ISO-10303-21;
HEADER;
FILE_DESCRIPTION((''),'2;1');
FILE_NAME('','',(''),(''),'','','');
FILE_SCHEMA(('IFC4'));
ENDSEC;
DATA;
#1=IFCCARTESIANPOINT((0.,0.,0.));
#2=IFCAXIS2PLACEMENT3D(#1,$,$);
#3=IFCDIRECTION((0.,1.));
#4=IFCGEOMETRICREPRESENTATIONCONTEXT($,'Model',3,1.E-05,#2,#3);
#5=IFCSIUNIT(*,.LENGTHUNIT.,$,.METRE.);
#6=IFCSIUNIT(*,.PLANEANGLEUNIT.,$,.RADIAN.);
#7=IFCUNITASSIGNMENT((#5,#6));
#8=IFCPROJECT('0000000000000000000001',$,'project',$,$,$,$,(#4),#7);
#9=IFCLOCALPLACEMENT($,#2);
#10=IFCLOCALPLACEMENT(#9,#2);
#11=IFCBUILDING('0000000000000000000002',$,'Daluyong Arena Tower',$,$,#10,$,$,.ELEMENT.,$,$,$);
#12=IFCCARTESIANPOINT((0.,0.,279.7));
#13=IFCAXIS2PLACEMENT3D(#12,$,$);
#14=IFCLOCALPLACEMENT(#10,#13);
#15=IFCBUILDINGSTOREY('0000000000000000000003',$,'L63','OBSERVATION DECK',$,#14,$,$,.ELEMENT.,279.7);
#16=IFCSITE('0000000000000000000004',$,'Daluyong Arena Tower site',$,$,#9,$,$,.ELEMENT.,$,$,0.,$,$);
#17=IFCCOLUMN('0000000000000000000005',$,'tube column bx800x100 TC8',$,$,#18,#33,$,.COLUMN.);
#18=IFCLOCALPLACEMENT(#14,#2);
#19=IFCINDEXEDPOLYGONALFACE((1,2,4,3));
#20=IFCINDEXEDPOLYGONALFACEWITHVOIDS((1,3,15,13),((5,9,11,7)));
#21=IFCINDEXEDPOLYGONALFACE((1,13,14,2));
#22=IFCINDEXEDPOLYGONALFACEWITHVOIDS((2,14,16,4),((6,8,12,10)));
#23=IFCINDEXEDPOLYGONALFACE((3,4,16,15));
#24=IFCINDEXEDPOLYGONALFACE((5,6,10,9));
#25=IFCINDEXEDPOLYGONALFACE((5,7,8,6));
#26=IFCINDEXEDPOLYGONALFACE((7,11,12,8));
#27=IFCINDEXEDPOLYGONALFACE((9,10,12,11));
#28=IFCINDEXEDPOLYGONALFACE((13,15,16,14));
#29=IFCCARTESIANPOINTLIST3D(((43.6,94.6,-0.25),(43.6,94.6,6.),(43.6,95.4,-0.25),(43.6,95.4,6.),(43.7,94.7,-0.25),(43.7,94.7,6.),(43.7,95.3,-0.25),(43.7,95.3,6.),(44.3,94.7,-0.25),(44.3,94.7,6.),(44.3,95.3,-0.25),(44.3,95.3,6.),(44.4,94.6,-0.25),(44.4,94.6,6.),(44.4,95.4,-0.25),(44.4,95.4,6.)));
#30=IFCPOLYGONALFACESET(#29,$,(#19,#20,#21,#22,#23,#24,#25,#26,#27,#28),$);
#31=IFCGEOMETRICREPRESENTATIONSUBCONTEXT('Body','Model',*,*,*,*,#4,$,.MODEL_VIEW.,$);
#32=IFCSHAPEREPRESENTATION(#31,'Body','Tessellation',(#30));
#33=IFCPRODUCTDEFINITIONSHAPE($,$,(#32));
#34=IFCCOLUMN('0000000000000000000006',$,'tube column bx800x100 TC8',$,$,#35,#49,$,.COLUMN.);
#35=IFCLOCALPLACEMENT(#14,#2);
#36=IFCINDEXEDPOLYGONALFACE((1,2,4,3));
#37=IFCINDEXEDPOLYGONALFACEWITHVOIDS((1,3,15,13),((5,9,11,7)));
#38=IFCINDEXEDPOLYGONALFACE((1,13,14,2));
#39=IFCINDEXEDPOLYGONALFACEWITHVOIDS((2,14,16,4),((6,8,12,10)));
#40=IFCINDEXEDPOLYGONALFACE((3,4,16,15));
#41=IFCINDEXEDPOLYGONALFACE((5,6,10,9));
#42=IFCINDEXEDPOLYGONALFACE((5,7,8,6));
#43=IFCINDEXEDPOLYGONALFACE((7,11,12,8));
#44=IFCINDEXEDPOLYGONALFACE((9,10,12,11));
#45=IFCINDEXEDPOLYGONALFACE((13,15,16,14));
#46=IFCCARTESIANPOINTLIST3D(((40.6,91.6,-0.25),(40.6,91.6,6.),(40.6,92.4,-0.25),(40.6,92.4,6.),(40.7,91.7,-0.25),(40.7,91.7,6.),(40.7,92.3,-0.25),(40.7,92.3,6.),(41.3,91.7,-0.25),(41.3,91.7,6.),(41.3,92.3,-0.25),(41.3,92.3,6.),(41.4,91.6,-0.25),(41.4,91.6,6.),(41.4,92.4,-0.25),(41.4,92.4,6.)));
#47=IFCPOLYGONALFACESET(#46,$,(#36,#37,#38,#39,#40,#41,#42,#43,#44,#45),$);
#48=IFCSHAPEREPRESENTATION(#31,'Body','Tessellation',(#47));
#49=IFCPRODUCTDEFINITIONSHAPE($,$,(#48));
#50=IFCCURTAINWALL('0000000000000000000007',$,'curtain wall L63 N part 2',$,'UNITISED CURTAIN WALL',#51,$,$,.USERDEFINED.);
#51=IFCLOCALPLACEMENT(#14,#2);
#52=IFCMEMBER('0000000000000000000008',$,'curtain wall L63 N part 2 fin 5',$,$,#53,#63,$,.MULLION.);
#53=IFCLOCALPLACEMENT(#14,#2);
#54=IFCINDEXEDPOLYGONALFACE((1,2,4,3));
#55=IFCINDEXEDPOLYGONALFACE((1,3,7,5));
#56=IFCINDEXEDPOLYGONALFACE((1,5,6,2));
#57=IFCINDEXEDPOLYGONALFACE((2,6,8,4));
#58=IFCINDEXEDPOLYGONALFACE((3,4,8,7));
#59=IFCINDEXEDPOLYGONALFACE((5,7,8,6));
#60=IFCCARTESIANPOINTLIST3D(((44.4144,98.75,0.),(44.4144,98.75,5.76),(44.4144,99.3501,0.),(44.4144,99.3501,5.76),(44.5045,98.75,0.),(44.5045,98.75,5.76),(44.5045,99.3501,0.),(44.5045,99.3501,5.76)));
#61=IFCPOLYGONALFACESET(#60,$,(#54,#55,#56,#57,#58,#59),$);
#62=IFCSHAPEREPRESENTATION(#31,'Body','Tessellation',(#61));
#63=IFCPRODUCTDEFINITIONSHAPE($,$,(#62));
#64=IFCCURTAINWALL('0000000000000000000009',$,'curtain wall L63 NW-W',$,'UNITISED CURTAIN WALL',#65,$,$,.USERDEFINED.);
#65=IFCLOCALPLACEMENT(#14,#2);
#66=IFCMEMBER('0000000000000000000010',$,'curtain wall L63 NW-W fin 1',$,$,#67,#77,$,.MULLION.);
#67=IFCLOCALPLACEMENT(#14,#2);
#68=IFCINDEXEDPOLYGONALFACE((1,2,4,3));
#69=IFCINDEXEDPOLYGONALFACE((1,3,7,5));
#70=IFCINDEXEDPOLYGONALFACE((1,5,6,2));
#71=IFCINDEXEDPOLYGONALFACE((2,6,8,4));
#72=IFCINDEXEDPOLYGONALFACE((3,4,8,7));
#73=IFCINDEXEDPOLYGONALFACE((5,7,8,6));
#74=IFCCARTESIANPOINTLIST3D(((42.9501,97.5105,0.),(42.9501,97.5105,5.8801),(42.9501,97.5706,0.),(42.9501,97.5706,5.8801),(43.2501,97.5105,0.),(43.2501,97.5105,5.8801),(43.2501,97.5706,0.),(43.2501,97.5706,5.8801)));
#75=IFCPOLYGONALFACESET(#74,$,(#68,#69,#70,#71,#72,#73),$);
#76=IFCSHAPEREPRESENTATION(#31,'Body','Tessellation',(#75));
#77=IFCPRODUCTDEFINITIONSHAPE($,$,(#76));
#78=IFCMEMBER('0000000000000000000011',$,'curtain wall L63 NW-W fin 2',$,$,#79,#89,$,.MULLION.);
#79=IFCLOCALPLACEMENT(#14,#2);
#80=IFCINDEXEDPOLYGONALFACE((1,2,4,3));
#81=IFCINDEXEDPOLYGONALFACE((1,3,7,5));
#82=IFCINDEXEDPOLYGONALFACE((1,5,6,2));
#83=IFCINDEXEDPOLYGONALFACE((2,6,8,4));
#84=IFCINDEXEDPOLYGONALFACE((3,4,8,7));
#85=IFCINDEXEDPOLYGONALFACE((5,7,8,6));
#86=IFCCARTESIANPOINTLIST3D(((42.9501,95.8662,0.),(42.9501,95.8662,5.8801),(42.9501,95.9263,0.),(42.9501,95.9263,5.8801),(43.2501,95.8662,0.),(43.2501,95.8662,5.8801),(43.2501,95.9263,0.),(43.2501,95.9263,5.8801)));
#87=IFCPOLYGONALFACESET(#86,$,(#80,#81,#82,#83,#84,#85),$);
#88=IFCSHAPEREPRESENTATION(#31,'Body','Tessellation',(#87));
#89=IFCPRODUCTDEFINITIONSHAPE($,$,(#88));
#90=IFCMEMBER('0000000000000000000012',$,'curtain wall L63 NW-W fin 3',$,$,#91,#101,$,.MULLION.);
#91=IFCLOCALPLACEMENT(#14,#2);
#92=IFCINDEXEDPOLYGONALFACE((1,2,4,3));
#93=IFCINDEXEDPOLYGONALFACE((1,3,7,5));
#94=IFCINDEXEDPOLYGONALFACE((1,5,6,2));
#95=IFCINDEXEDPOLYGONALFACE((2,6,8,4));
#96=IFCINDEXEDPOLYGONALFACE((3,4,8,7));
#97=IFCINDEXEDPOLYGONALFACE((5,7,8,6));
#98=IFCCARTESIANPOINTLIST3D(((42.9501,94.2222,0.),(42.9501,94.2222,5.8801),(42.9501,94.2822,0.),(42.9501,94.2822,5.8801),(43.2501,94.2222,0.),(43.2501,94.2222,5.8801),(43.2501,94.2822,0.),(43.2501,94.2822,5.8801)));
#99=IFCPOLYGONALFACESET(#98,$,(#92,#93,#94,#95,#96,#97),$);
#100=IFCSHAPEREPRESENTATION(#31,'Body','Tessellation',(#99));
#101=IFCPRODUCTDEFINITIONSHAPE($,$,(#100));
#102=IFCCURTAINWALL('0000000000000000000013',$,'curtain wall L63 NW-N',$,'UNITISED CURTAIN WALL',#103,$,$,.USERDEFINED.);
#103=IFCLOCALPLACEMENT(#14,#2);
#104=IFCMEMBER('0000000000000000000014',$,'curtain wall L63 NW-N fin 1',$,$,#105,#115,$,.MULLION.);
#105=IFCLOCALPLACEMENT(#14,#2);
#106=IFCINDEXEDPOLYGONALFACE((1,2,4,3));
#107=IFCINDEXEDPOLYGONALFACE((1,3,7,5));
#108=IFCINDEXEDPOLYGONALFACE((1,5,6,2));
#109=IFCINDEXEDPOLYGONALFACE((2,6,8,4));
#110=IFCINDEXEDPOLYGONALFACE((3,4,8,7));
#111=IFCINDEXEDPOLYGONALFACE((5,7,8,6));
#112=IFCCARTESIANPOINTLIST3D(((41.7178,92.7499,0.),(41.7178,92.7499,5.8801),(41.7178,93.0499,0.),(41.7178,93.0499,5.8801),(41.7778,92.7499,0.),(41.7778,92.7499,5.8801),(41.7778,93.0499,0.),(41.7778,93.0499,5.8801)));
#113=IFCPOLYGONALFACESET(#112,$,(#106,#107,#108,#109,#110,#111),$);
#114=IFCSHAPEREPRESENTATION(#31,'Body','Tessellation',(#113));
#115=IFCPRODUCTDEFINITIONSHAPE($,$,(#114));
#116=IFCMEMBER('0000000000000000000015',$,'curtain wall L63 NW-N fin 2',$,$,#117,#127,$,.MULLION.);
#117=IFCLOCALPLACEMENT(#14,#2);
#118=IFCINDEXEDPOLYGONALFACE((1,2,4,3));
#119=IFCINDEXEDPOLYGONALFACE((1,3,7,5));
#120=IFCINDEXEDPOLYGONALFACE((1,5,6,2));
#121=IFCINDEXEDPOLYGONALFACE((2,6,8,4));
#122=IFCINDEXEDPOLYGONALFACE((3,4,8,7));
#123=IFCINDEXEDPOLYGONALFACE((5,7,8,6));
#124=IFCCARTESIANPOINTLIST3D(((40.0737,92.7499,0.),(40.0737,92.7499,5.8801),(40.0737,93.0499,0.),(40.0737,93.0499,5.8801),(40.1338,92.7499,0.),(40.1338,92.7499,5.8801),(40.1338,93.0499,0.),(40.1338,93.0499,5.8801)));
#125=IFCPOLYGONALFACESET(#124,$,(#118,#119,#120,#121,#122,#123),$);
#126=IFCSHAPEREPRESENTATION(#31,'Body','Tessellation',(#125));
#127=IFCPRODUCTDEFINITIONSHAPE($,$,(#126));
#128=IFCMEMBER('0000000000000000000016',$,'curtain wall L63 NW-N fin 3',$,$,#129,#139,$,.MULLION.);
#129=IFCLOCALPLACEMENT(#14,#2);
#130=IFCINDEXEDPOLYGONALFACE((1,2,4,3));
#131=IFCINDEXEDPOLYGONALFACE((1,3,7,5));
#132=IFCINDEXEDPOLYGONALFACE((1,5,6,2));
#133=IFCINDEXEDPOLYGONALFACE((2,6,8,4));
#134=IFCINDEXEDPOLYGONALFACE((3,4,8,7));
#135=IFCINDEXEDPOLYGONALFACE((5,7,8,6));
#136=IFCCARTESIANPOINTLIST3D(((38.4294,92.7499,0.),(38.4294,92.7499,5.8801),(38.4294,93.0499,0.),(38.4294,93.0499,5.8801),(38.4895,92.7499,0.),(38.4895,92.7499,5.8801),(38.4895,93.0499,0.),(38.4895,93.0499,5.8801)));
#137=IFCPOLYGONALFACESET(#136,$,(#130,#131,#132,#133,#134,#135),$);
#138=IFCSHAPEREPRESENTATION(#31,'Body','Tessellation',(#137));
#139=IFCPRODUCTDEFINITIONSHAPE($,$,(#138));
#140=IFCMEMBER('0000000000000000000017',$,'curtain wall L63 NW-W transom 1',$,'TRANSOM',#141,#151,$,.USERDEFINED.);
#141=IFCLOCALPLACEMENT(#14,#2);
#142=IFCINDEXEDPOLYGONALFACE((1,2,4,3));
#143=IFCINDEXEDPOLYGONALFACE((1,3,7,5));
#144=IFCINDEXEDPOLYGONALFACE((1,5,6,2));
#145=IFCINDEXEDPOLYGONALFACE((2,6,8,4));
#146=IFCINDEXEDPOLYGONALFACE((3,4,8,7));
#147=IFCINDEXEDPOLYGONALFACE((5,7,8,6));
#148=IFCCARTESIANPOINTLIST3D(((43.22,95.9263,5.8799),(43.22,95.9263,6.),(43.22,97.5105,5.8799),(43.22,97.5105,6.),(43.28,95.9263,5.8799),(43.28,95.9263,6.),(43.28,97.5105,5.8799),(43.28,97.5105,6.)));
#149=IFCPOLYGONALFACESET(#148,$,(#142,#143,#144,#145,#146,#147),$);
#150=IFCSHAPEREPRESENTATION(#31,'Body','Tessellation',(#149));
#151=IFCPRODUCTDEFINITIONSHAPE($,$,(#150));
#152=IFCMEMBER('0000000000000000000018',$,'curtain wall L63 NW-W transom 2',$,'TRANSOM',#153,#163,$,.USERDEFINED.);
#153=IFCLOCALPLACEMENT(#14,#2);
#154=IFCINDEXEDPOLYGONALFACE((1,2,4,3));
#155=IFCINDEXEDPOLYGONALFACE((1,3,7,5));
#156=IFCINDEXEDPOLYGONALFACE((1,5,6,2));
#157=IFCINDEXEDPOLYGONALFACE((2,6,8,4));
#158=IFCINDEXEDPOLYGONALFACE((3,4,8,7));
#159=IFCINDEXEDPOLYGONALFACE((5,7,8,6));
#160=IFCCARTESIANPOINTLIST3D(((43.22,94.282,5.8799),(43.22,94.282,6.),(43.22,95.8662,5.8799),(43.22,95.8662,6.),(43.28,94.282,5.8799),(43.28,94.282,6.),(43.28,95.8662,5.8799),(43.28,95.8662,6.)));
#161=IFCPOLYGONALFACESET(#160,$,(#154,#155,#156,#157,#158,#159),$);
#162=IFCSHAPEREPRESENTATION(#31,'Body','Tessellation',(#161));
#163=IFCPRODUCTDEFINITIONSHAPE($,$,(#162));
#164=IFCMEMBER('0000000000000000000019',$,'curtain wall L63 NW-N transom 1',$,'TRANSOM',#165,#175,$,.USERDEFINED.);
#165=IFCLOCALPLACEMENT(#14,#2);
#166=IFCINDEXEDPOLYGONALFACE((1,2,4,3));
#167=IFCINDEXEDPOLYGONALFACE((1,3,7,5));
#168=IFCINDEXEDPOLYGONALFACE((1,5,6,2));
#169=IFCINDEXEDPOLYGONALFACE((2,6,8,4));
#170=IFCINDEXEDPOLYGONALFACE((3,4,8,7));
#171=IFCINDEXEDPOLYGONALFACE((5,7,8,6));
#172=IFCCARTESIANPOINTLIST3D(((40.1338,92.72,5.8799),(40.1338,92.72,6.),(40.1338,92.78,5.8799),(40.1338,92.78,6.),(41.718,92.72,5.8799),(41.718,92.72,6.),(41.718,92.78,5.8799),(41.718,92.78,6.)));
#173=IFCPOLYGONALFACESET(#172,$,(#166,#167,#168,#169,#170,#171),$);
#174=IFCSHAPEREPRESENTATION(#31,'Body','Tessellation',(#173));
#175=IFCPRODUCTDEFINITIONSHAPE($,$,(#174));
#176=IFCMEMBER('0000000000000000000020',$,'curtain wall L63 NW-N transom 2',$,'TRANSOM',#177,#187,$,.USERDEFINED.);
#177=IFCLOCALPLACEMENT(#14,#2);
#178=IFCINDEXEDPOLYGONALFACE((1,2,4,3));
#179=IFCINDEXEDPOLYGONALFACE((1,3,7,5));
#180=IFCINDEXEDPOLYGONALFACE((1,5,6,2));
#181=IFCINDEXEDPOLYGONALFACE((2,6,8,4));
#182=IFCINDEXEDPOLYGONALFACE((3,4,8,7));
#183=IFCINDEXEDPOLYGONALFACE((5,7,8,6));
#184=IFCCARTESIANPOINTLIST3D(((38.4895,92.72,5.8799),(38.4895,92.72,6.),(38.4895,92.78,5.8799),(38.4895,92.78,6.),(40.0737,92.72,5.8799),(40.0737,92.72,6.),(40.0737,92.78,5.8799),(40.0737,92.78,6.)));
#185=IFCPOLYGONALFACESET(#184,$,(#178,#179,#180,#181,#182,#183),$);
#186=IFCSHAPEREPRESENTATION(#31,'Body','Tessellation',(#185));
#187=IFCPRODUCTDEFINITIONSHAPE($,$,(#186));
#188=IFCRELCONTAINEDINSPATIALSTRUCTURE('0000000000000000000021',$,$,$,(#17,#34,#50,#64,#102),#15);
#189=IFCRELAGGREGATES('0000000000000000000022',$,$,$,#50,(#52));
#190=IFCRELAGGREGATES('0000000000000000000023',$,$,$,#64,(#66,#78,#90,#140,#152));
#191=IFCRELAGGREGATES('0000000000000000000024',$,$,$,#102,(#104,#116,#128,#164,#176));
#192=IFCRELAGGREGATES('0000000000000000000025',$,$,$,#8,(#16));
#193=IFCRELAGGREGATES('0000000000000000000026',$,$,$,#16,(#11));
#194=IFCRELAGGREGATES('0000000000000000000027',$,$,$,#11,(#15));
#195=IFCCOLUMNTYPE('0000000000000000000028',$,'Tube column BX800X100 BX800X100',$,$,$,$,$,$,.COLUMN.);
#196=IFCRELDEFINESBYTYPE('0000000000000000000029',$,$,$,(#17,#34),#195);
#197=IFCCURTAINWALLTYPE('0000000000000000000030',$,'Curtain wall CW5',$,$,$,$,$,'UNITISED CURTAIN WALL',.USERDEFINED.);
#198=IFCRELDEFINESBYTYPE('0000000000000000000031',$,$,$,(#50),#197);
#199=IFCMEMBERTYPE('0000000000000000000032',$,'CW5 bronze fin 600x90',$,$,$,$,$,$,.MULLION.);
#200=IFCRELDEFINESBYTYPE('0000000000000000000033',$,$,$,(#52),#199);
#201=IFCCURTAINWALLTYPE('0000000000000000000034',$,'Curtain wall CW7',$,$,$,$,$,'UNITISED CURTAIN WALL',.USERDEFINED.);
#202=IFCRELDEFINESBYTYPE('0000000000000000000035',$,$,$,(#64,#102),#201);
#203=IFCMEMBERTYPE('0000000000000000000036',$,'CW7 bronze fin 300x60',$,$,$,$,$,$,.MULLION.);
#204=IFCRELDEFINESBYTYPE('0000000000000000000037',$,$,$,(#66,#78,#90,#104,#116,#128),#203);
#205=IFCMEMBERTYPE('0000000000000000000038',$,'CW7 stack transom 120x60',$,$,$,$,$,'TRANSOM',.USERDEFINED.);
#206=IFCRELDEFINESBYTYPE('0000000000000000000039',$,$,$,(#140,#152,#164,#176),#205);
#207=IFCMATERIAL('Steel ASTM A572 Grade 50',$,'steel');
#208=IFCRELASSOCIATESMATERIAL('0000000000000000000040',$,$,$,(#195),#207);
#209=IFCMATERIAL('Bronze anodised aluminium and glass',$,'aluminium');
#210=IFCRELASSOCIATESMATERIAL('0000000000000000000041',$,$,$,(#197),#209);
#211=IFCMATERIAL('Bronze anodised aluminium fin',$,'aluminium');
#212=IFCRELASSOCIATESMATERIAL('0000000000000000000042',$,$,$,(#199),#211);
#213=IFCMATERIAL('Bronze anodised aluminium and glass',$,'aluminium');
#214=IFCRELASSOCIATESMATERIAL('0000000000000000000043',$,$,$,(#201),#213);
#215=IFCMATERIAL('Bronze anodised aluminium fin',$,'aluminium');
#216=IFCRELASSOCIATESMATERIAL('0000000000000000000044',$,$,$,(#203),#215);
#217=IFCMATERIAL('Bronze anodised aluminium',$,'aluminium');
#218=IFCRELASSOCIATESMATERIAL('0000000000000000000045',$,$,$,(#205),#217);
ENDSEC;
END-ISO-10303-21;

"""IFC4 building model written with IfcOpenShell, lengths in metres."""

from ifc_helpers import new_model, si_unit, direction, frame, origin, origin_2d, place, context, subcontext, project, spatial, rectangle, hollow_rectangle, extrude, material, material_profile, profile_set, type_object, element, aggregate, save


model = new_model("IFC4")

# Units and contexts
model_context = context("Model", 3, precision=1e-05, world=origin(), true_north=direction((0.0, 1.0)))
body_context = subcontext(model_context, "Body", "Model", "MODEL_VIEW")
ifc_project = project(units=[si_unit("LENGTHUNIT", "METRE"), si_unit("PLANEANGLEUNIT", "RADIAN")], contexts=[model_context])

# Site, building, storey
site_placement = place(None, origin())
site = spatial("IfcSite", under=ifc_project, at=site_placement, Name="Daluyong Arena Tower site", CompositionType="ELEMENT", RefElevation=0.0)
building_placement = place(site_placement, origin())
building = spatial("IfcBuilding", under=site, at=building_placement, Name="Daluyong Arena Tower", CompositionType="ELEMENT")
storey_placement = place(building_placement, frame((0.0, 0.0, 279.7)))
storey = spatial("IfcBuildingStorey", under=building, at=storey_placement, Name="L63", Description="OBSERVATION DECK", CompositionType="ELEMENT", Elevation=279.7)

# Columns
ifc_material_1 = material(Name="Steel ASTM A572 Grade 50", Category="steel")
ifc_material_profile_1 = material_profile(ifc_material_1, hollow_rectangle(XDim=0.8, YDim=0.8, WallThickness=0.1, at=origin_2d()))
ifc_profile_set_1 = profile_set([ifc_material_profile_1], Name="Steel ASTM A572 Grade 50")
column_type_1 = type_object("IfcColumnType", Name="Tube column BX800X100 BX800X100", PredefinedType="COLUMN", material=ifc_profile_set_1)
for number, where, z_axis, x_axis, name in (
    (1, (44.0, 95.0, -0.25), (0.0, 0.0, 1.0), (0.0, 1.0, 0.0), "tube column bx800x100 TC8"),
    (2, (41.0, 92.0, -0.25), (0.0, 0.0, 1.0), (1.0, 0.0, 0.0), "tube column bx800x100 TC8"),
):
    element("IfcColumn", number, at=place(storey_placement, frame(where, z_axis=z_axis, x_axis=x_axis)), inside=storey, type_object=column_type_1, Name=name, PredefinedType="COLUMN", context=body_context, shape_type="SweptSolid", body=[
        extrude(hollow_rectangle(XDim=0.8, YDim=0.8, WallThickness=0.1, at=origin_2d()), origin(), (0.0, 0.0, 1.0), 6.25),
    ])

# Curtain wall, member
ifc_material_2 = material(Name="Bronze anodised aluminium and glass", Category="aluminium")
curtain_wall_type_1 = type_object("IfcCurtainWallType", Name="Curtain wall CW5", ElementType="UNITISED CURTAIN WALL", PredefinedType="USERDEFINED", material=ifc_material_2)
curtain_wall_1_placement = place(storey_placement, origin())
curtain_wall_1 = element("IfcCurtainWall", 3, at=curtain_wall_1_placement, inside=storey, type_object=curtain_wall_type_1, Name="curtain wall L63 N part 2", ObjectType="UNITISED CURTAIN WALL", PredefinedType="USERDEFINED")
ifc_material_3 = material(Name="Bronze anodised aluminium fin", Category="aluminium")
ifc_material_profile_2 = material_profile(ifc_material_3, rectangle(XDim=0.6001, YDim=0.0901, at=origin_2d()))
ifc_profile_set_2 = profile_set([ifc_material_profile_2], Name="Bronze anodised aluminium fin")
member_type_1 = type_object("IfcMemberType", Name="CW5 bronze fin 600x90", PredefinedType="MULLION", material=ifc_profile_set_2)
member_1_placement = place(storey_placement, frame((44.4595, 99.05, 0.0), z_axis=(0.0, 0.0, 1.0), x_axis=(0.0, -1.0, 0.0)))
member_1 = element("IfcMember", 4, at=member_1_placement, type_object=member_type_1, Name="curtain wall L63 N part 2 fin 5", PredefinedType="MULLION", context=body_context, shape_type="SweptSolid", body=[
    extrude(rectangle(XDim=0.6001, YDim=0.0901, at=origin_2d()), origin(), (0.0, 0.0, 1.0), 5.76),
])
aggregate(curtain_wall_1, [member_1])

# Curtain walls, members
ifc_material_4 = material(Name="Bronze anodised aluminium and glass", Category="aluminium")
curtain_wall_type_2 = type_object("IfcCurtainWallType", Name="Curtain wall CW7", ElementType="UNITISED CURTAIN WALL", PredefinedType="USERDEFINED", material=ifc_material_4)
curtain_wall_2_placement = place(storey_placement, origin())
curtain_wall_2 = element("IfcCurtainWall", 5, at=curtain_wall_2_placement, inside=storey, type_object=curtain_wall_type_2, Name="curtain wall L63 NW-W", ObjectType="UNITISED CURTAIN WALL", PredefinedType="USERDEFINED")
ifc_material_5 = material(Name="Bronze anodised aluminium fin", Category="aluminium")
ifc_material_profile_3 = material_profile(ifc_material_5, rectangle(XDim=0.3, YDim=0.0601, at=origin_2d()))
ifc_profile_set_3 = profile_set([ifc_material_profile_3], Name="Bronze anodised aluminium fin")
member_type_2 = type_object("IfcMemberType", Name="CW7 bronze fin 300x60", PredefinedType="MULLION", material=ifc_profile_set_3)
member_2_placement = place(storey_placement, frame((43.1001, 97.5405, 0.0), z_axis=(0.0, 0.0, 1.0), x_axis=(1.0, 0.0, 0.0)))
member_2 = element("IfcMember", 6, at=member_2_placement, type_object=member_type_2, Name="curtain wall L63 NW-W fin 1", PredefinedType="MULLION", context=body_context, shape_type="SweptSolid", body=[
    extrude(rectangle(XDim=0.3, YDim=0.0601, at=origin_2d()), origin(), (0.0, 0.0, 1.0), 5.8801),
])
member_3_placement = place(storey_placement, frame((43.1001, 95.8962, 0.0), z_axis=(0.0, 0.0, 1.0), x_axis=(1.0, 0.0, 0.0)))
member_3 = element("IfcMember", 7, at=member_3_placement, type_object=member_type_2, Name="curtain wall L63 NW-W fin 2", PredefinedType="MULLION", context=body_context, shape_type="SweptSolid", body=[
    extrude(rectangle(XDim=0.3, YDim=0.0601, at=origin_2d()), origin(), (0.0, 0.0, 1.0), 5.8801),
])
member_4_placement = place(storey_placement, frame((43.1001, 94.2522, 0.0), z_axis=(0.0, 0.0, 1.0), x_axis=(1.0, 0.0, 0.0)))
member_4 = element("IfcMember", 8, at=member_4_placement, type_object=member_type_2, Name="curtain wall L63 NW-W fin 3", PredefinedType="MULLION", context=body_context, shape_type="SweptSolid", body=[
    extrude(rectangle(XDim=0.3, YDim=0.0601, at=origin_2d()), origin(), (0.0, 0.0, 1.0), 5.8801),
])
curtain_wall_3_placement = place(storey_placement, origin())
curtain_wall_3 = element("IfcCurtainWall", 9, at=curtain_wall_3_placement, inside=storey, type_object=curtain_wall_type_2, Name="curtain wall L63 NW-N", ObjectType="UNITISED CURTAIN WALL", PredefinedType="USERDEFINED")
member_5_placement = place(storey_placement, frame((41.7478, 92.8999, 0.0), z_axis=(0.0, 0.0, 1.0), x_axis=(0.0, -1.0, 0.0)))
member_5 = element("IfcMember", 10, at=member_5_placement, type_object=member_type_2, Name="curtain wall L63 NW-N fin 1", PredefinedType="MULLION", context=body_context, shape_type="SweptSolid", body=[
    extrude(rectangle(XDim=0.3, YDim=0.0601, at=origin_2d()), origin(), (0.0, 0.0, 1.0), 5.8801),
])
member_6_placement = place(storey_placement, frame((40.1038, 92.8999, 0.0), z_axis=(0.0, 0.0, 1.0), x_axis=(0.0, -1.0, 0.0)))
member_6 = element("IfcMember", 11, at=member_6_placement, type_object=member_type_2, Name="curtain wall L63 NW-N fin 2", PredefinedType="MULLION", context=body_context, shape_type="SweptSolid", body=[
    extrude(rectangle(XDim=0.3, YDim=0.0601, at=origin_2d()), origin(), (0.0, 0.0, 1.0), 5.8801),
])
member_7_placement = place(storey_placement, frame((38.4595, 92.8999, 0.0), z_axis=(0.0, 0.0, 1.0), x_axis=(0.0, -1.0, 0.0)))
member_7 = element("IfcMember", 12, at=member_7_placement, type_object=member_type_2, Name="curtain wall L63 NW-N fin 3", PredefinedType="MULLION", context=body_context, shape_type="SweptSolid", body=[
    extrude(rectangle(XDim=0.3, YDim=0.0601, at=origin_2d()), origin(), (0.0, 0.0, 1.0), 5.8801),
])

# Members
ifc_material_6 = material(Name="Bronze anodised aluminium", Category="aluminium")
ifc_material_profile_4 = material_profile(ifc_material_6, rectangle(XDim=0.0601, YDim=0.1201, at=origin_2d()))
ifc_profile_set_4 = profile_set([ifc_material_profile_4], Name="Bronze anodised aluminium")
member_type_3 = type_object("IfcMemberType", Name="CW7 stack transom 120x60", ElementType="TRANSOM", PredefinedType="USERDEFINED", material=ifc_profile_set_4)
member_8_placement = place(storey_placement, frame((43.25, 97.5105, 5.9399), z_axis=(0.0, -1.0, 0.0), x_axis=(1.0, 0.0, 0.0)))
member_8 = element("IfcMember", 13, at=member_8_placement, type_object=member_type_3, Name="curtain wall L63 NW-W transom 1", ObjectType="TRANSOM", PredefinedType="USERDEFINED", context=body_context, shape_type="SweptSolid", body=[
    extrude(rectangle(XDim=0.0601, YDim=0.1201, at=origin_2d()), origin(), (0.0, 0.0, 1.0), 1.5842),
])
member_9_placement = place(storey_placement, frame((43.25, 95.8662, 5.9399), z_axis=(0.0, -1.0, 0.0), x_axis=(1.0, 0.0, 0.0)))
member_9 = element("IfcMember", 14, at=member_9_placement, type_object=member_type_3, Name="curtain wall L63 NW-W transom 2", ObjectType="TRANSOM", PredefinedType="USERDEFINED", context=body_context, shape_type="SweptSolid", body=[
    extrude(rectangle(XDim=0.0601, YDim=0.1201, at=origin_2d()), origin(), (0.0, 0.0, 1.0), 1.5842),
])
member_10_placement = place(storey_placement, frame((41.718, 92.75, 5.9399), z_axis=(-1.0, 0.0, 0.0), x_axis=(0.0, -1.0, 0.0)))
member_10 = element("IfcMember", 15, at=member_10_placement, type_object=member_type_3, Name="curtain wall L63 NW-N transom 1", ObjectType="TRANSOM", PredefinedType="USERDEFINED", context=body_context, shape_type="SweptSolid", body=[
    extrude(rectangle(XDim=0.0601, YDim=0.1201, at=origin_2d()), origin(), (0.0, 0.0, 1.0), 1.5842),
])
member_11_placement = place(storey_placement, frame((40.0737, 92.75, 5.9399), z_axis=(-1.0, 0.0, 0.0), x_axis=(0.0, -1.0, 0.0)))
member_11 = element("IfcMember", 16, at=member_11_placement, type_object=member_type_3, Name="curtain wall L63 NW-N transom 2", ObjectType="TRANSOM", PredefinedType="USERDEFINED", context=body_context, shape_type="SweptSolid", body=[
    extrude(rectangle(XDim=0.0601, YDim=0.1201, at=origin_2d()), origin(), (0.0, 0.0, 1.0), 1.5842),
])

aggregate(curtain_wall_2, [member_2, member_3, member_4, member_8, member_9])
aggregate(curtain_wall_3, [member_5, member_6, member_7, member_10, member_11])

save(model, "model.ifc")
